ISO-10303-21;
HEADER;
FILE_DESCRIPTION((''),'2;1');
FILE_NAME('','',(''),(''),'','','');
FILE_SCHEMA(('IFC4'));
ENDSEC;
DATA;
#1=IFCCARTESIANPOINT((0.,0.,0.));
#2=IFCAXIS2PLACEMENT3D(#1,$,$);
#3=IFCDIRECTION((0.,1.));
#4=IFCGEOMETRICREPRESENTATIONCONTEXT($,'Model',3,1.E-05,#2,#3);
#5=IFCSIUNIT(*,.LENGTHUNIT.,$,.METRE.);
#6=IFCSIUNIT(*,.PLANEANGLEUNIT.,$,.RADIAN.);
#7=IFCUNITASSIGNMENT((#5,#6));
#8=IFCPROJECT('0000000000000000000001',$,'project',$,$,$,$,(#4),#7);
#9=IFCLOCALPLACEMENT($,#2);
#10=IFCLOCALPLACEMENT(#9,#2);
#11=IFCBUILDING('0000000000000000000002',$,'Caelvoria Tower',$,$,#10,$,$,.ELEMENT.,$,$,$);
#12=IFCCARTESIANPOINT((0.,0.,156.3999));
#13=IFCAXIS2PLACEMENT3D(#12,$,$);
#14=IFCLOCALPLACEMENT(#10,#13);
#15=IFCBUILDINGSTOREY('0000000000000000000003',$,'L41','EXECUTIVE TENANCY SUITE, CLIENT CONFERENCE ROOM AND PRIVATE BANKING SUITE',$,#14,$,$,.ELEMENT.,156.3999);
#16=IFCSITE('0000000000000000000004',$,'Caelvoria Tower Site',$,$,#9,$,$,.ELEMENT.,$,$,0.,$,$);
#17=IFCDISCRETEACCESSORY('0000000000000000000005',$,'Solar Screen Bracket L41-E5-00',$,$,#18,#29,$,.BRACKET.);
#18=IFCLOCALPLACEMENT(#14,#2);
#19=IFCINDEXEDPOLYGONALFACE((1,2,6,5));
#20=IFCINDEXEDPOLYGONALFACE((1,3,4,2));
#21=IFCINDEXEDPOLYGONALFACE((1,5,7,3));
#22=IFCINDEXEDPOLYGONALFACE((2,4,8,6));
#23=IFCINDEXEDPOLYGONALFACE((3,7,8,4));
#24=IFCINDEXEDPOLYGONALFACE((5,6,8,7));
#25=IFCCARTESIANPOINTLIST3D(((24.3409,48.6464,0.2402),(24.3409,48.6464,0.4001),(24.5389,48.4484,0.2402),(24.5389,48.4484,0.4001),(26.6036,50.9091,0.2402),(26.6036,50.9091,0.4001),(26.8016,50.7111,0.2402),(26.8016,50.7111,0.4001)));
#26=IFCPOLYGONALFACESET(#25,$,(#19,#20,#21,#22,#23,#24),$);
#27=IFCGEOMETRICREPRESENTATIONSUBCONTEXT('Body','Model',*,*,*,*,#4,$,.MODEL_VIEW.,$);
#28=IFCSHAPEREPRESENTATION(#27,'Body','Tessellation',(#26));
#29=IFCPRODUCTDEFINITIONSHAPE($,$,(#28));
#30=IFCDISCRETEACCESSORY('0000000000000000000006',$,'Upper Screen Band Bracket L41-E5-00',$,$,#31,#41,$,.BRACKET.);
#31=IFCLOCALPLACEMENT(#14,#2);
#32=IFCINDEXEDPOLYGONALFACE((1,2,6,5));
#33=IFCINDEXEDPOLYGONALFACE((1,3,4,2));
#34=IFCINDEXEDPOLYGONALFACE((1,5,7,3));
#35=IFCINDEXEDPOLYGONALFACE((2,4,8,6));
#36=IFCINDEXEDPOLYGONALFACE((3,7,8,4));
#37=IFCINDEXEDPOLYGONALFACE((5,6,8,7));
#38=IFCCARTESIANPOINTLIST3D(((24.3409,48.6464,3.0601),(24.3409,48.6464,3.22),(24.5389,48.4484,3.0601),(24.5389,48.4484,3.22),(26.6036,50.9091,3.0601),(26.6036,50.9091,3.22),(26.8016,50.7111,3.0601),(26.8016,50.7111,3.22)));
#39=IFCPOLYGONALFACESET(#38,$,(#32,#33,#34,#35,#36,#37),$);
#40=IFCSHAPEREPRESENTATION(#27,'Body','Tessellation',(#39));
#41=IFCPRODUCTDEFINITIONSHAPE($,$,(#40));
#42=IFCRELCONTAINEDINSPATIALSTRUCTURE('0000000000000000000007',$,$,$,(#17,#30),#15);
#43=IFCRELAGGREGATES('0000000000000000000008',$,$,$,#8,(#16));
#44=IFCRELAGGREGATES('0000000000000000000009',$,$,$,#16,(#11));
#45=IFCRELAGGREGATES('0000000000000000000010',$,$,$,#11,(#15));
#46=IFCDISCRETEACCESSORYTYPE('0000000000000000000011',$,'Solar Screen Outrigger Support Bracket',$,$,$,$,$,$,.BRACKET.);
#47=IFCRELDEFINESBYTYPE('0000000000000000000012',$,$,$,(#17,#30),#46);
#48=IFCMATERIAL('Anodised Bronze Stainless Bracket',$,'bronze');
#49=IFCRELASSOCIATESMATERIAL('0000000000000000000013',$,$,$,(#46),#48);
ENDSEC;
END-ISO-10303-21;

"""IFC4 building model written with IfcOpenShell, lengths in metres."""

from ifc_helpers import new_model, si_unit, direction, frame, origin, origin_2d, place, context, subcontext, project, spatial, rectangle, extrude, material, type_object, element, save


model = new_model("IFC4")

# Units and contexts
model_context = context("Model", 3, precision=1e-05, world=origin(), true_north=direction((0.0, 1.0)))
body_context = subcontext(model_context, "Body", "Model", "MODEL_VIEW")
ifc_project = project(units=[si_unit("LENGTHUNIT", "METRE"), si_unit("PLANEANGLEUNIT", "RADIAN")], contexts=[model_context])

# Site, building, storey
site_placement = place(None, origin())
site = spatial("IfcSite", under=ifc_project, at=site_placement, Name="Caelvoria Tower Site", CompositionType="ELEMENT", RefElevation=0.0)
building_placement = place(site_placement, origin())
building = spatial("IfcBuilding", under=site, at=building_placement, Name="Caelvoria Tower", CompositionType="ELEMENT")
storey_placement = place(building_placement, frame((0.0, 0.0, 156.3999)))
storey = spatial("IfcBuildingStorey", under=building, at=storey_placement, Name="L41", Description="EXECUTIVE TENANCY SUITE, CLIENT CONFERENCE ROOM AND PRIVATE BANKING SUITE", CompositionType="ELEMENT", Elevation=156.3999)

# Discrete accessories
ifc_material_1 = material(Name="Anodised Bronze Stainless Bracket", Category="bronze")
discrete_accessory_type = type_object("IfcDiscreteAccessoryType", Name="Solar Screen Outrigger Support Bracket", PredefinedType="BRACKET", material=ifc_material_1)
for number, where, z_axis, x_axis, name in (
    (1, (25.5713, 49.6787, 0.2402), (0.0, 0.0, 1.0), (-0.707107, -0.707107, 0.0), "Solar Screen Bracket L41-E5-00"),
    (2, (25.5713, 49.6787, 3.0601), (0.0, 0.0, 1.0), (-0.707107, -0.707107, 0.0), "Upper Screen Band Bracket L41-E5-00"),
):
    element("IfcDiscreteAccessory", number, at=place(storey_placement, frame(where, z_axis=z_axis, x_axis=x_axis)), inside=storey, type_object=discrete_accessory_type, Name=name, PredefinedType="BRACKET", context=body_context, shape_type="SweptSolid", body=[
        extrude(rectangle(XDim=3.2, YDim=0.28, at=origin_2d()), origin(), (0.0, 0.0, 1.0), 0.1599),
    ])

save(model, "model.ifc")
